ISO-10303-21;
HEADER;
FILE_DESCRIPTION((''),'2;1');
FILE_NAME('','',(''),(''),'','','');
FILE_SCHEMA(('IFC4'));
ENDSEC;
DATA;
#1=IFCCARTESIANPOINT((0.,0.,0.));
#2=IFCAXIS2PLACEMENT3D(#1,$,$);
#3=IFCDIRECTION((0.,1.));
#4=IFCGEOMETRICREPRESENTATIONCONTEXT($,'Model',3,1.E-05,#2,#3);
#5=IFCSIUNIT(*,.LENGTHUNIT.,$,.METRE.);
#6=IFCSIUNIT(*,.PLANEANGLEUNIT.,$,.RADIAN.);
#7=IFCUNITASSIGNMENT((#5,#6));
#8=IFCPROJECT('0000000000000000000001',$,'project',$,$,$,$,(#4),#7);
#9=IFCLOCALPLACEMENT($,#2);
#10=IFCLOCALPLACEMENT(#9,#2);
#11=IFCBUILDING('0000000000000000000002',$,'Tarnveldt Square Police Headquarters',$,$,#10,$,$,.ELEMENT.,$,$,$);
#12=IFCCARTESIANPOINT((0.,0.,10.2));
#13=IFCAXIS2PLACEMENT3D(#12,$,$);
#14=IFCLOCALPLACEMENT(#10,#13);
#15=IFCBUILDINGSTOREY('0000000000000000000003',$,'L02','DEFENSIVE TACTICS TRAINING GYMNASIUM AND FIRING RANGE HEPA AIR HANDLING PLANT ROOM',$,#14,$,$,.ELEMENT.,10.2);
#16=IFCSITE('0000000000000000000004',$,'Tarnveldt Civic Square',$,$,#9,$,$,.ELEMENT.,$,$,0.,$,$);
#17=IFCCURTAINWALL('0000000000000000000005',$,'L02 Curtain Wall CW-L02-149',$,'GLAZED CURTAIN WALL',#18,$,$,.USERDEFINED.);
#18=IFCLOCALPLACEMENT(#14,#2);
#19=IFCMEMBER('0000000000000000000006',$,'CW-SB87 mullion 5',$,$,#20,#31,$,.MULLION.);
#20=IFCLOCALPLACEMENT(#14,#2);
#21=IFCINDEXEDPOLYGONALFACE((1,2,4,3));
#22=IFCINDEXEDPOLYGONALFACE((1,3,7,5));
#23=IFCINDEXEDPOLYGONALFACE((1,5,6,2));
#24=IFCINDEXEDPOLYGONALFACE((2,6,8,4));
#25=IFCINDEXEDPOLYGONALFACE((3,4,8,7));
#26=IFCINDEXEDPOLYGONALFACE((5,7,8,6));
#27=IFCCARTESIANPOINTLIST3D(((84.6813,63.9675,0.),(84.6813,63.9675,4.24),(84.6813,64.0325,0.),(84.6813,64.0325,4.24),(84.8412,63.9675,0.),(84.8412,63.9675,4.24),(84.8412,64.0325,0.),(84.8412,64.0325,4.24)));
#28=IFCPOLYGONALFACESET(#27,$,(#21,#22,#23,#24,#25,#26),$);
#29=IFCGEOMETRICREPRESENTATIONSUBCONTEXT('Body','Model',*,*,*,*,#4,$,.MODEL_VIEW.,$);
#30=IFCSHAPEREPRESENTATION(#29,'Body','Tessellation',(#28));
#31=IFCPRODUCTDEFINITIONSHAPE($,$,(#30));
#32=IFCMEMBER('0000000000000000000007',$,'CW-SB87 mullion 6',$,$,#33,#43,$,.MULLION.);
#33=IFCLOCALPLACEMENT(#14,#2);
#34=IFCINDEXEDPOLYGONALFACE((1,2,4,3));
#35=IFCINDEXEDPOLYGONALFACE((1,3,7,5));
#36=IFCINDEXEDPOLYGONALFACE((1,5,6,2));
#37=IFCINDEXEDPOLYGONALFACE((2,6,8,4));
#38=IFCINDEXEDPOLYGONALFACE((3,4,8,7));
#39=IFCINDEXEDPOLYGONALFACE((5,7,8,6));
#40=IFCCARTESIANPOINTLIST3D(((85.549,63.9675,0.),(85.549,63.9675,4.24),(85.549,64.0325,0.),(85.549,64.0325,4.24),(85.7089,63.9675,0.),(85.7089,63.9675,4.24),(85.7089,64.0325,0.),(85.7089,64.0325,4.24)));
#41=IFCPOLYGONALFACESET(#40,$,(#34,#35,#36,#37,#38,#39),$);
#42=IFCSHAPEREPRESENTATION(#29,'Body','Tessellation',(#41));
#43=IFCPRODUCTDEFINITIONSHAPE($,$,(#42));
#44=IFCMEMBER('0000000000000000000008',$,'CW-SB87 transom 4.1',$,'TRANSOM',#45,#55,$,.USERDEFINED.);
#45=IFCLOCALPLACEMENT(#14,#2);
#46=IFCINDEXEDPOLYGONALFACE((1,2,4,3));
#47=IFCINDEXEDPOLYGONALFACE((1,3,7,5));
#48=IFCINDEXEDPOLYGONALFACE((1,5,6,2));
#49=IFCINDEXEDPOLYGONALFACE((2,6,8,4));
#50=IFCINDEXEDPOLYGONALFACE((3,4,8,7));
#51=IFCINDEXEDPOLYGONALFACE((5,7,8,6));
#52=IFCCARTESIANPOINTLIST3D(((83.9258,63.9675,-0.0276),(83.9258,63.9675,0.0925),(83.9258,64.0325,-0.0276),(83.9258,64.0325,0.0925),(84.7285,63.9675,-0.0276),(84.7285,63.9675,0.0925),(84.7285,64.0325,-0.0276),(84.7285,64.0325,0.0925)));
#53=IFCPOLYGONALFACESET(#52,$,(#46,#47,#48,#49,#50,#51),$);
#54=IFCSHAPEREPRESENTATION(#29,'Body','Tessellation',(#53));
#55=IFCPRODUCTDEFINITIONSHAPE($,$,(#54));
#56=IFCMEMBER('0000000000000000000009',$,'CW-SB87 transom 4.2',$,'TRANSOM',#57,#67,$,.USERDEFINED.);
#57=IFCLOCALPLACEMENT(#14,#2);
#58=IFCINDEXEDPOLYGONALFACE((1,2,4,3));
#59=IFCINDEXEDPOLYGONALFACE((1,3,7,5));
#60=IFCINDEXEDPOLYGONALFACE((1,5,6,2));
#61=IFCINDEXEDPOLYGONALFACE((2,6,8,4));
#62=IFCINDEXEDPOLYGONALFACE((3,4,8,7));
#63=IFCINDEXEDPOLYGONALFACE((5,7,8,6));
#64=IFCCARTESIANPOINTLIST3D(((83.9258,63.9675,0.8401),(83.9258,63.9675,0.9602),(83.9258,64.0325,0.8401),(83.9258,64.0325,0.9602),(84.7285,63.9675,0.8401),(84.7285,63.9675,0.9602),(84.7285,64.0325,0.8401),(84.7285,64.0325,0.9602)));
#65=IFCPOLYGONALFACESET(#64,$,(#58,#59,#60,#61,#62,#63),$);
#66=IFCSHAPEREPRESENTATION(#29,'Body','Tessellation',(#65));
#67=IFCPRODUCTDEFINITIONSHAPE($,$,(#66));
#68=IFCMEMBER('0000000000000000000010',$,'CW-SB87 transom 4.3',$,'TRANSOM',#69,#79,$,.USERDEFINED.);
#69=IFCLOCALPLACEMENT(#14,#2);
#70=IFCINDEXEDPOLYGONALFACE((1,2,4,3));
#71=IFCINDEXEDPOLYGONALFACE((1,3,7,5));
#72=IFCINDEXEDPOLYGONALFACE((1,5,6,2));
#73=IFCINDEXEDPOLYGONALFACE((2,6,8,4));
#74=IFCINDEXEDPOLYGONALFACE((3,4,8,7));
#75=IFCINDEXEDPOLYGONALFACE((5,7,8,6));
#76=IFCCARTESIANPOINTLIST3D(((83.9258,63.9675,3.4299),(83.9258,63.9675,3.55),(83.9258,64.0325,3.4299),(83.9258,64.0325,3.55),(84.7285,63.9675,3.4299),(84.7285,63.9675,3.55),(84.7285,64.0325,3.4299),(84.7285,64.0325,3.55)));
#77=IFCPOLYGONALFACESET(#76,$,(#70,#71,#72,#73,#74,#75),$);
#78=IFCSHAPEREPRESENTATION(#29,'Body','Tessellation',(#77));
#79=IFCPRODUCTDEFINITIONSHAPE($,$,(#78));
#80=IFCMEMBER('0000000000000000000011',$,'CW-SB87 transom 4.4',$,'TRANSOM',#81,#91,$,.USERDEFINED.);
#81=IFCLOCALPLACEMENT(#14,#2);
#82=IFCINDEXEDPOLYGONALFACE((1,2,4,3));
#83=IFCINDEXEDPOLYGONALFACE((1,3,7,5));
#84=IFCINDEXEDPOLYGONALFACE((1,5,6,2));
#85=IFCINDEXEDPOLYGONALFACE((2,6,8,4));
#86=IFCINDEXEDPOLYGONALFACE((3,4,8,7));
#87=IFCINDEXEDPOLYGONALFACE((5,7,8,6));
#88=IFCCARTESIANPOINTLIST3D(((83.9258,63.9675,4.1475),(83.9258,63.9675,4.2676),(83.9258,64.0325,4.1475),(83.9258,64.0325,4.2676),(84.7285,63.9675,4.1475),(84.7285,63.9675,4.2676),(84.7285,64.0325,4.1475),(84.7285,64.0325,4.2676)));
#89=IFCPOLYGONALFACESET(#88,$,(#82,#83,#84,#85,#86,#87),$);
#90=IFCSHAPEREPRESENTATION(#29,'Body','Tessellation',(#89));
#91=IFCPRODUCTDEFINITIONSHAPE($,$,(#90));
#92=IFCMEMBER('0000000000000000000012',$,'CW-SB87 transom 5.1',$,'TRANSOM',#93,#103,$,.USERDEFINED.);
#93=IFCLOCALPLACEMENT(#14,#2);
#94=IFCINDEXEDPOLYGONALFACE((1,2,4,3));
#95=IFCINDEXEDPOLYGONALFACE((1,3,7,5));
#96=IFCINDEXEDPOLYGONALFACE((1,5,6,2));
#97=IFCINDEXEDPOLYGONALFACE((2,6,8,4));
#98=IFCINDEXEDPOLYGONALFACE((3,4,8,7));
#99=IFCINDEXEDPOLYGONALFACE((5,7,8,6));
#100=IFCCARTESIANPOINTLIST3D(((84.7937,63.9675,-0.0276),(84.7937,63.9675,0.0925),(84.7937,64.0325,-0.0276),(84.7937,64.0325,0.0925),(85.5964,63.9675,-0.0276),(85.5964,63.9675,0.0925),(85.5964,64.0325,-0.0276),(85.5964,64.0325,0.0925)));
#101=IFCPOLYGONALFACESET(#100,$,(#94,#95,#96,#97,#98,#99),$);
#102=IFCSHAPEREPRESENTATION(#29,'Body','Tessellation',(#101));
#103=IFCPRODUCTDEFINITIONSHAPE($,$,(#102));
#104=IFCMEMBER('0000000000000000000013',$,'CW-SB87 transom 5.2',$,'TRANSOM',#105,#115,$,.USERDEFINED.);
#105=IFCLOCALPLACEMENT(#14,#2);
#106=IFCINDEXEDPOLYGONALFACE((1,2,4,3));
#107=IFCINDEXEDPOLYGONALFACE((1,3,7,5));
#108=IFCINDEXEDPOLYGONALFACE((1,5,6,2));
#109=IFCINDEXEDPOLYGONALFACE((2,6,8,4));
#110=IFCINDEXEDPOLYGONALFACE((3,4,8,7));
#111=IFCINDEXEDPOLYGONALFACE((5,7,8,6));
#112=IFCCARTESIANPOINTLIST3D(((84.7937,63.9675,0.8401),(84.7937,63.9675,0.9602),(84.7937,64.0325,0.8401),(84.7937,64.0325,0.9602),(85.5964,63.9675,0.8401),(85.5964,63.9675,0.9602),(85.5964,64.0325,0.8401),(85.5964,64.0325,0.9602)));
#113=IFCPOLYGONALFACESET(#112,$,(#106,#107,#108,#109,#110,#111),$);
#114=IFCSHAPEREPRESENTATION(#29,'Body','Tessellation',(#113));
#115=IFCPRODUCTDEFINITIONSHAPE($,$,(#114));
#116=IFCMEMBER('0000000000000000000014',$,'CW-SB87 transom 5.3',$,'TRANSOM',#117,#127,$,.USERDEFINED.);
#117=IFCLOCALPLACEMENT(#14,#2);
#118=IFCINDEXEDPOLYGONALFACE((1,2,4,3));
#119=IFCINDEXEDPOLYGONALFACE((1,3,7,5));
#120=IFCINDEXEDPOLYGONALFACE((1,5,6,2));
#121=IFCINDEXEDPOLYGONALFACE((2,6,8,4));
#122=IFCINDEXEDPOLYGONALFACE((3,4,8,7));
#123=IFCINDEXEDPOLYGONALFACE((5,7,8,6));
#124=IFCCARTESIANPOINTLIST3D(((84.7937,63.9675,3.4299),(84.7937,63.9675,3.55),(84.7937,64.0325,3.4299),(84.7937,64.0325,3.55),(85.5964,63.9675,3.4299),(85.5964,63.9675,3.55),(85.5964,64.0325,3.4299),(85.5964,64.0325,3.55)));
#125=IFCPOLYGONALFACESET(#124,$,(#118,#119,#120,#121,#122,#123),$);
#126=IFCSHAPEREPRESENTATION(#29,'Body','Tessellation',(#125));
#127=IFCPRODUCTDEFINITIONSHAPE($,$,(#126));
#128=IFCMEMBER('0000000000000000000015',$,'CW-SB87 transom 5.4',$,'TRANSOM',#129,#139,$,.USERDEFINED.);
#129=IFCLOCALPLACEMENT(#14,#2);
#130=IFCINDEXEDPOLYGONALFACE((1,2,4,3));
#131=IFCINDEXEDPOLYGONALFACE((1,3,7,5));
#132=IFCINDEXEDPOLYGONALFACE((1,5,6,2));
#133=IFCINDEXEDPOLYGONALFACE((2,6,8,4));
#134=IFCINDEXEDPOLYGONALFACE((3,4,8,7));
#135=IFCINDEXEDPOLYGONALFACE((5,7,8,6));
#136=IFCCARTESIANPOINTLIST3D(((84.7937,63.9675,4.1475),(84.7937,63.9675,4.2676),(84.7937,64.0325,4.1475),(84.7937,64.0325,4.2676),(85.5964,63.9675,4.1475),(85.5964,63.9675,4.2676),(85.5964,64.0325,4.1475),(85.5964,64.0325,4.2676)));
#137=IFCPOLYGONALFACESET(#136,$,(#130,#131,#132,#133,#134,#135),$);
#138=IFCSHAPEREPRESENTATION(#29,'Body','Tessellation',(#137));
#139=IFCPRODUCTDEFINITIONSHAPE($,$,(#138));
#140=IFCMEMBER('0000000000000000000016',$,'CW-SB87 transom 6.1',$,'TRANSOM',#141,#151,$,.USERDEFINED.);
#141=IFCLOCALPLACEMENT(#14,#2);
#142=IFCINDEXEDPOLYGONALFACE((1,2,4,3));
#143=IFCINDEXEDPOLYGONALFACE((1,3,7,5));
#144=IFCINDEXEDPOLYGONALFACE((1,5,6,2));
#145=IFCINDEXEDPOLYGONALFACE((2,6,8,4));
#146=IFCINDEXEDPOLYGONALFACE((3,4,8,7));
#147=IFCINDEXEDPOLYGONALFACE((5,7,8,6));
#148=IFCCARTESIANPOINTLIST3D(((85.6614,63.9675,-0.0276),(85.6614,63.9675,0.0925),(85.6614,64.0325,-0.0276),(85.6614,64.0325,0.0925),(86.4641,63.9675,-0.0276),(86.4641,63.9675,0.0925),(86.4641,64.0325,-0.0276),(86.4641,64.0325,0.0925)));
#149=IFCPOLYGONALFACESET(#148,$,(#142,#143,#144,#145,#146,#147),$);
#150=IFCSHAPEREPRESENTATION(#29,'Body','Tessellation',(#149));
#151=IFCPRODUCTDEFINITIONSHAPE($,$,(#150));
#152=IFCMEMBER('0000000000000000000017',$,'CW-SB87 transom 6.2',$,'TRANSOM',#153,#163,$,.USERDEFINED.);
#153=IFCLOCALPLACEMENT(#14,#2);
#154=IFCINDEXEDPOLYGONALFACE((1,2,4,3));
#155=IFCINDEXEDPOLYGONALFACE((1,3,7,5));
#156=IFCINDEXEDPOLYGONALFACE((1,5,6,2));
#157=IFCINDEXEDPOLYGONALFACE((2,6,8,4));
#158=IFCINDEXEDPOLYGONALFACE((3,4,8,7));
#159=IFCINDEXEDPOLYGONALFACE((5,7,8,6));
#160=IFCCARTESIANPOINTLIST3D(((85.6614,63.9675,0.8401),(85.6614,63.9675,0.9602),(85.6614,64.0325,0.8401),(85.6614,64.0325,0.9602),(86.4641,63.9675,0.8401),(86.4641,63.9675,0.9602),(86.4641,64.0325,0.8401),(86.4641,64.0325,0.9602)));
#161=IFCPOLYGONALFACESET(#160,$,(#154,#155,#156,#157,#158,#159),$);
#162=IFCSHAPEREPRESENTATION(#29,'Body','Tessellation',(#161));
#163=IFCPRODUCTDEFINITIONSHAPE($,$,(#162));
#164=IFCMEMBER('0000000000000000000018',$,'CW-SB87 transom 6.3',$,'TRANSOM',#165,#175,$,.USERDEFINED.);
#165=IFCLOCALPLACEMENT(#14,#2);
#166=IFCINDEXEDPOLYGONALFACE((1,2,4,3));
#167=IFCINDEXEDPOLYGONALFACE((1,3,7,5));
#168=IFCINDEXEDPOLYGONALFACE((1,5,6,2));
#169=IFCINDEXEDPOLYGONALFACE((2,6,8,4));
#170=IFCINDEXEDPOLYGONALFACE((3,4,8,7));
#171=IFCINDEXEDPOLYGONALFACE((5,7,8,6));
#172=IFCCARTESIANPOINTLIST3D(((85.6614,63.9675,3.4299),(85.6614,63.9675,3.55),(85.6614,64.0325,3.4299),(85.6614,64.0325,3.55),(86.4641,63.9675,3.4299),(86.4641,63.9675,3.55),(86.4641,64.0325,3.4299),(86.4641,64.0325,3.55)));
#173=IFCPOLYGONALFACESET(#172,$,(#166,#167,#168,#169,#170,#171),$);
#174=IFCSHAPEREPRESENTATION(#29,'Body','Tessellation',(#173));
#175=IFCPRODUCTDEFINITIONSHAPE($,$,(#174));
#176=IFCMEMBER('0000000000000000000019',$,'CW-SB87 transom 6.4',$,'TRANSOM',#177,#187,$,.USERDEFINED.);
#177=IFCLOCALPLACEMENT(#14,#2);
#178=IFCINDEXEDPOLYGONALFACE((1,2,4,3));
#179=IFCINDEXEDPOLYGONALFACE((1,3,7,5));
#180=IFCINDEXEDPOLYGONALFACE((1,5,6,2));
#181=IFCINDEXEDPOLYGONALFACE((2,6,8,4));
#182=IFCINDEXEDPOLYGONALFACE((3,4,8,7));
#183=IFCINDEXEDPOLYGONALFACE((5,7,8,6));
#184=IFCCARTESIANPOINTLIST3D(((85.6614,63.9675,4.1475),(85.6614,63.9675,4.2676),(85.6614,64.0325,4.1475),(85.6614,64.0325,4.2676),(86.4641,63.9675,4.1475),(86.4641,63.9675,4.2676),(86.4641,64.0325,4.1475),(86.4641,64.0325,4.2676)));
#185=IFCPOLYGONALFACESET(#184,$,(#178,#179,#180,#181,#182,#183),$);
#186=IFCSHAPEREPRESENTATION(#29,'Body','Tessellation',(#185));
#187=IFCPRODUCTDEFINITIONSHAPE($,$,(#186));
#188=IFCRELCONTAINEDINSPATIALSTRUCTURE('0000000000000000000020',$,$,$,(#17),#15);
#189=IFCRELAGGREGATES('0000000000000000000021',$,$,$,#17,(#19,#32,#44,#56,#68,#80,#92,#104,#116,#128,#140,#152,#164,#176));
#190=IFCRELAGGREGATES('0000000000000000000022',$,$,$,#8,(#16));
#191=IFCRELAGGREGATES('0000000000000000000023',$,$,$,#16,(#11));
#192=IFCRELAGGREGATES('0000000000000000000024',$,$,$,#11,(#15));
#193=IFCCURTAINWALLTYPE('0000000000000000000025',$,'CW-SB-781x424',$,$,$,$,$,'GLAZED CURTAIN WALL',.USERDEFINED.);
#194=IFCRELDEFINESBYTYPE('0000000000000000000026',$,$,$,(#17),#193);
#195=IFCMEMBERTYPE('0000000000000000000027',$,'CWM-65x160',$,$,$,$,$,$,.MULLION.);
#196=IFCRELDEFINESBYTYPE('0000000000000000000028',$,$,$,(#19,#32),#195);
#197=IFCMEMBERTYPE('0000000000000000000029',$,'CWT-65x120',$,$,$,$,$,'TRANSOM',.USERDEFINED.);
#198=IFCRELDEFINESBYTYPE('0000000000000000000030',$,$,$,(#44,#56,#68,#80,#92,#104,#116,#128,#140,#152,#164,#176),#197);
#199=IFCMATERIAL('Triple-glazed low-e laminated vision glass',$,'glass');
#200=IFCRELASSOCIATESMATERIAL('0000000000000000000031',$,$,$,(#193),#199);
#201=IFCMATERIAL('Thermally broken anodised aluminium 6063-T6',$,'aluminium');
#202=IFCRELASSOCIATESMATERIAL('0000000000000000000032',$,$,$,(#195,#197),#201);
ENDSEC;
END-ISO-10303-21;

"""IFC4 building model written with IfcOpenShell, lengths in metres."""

from ifc_helpers import new_model, si_unit, direction, frame, origin, origin_2d, place, context, subcontext, project, spatial, rectangle, extrude, material, material_profile, profile_set, type_object, element, aggregate, save


model = new_model("IFC4")

# Units and contexts
model_context = context("Model", 3, precision=1e-05, world=origin(), true_north=direction((0.0, 1.0)))
body_context = subcontext(model_context, "Body", "Model", "MODEL_VIEW")
ifc_project = project(units=[si_unit("LENGTHUNIT", "METRE"), si_unit("PLANEANGLEUNIT", "RADIAN")], contexts=[model_context])

# Site, building, storey
site_placement = place(None, origin())
site = spatial("IfcSite", under=ifc_project, at=site_placement, Name="Tarnveldt Civic Square", CompositionType="ELEMENT", RefElevation=0.0)
building_placement = place(site_placement, origin())
building = spatial("IfcBuilding", under=site, at=building_placement, Name="Tarnveldt Square Police Headquarters", CompositionType="ELEMENT")
storey_placement = place(building_placement, frame((0.0, 0.0, 10.2)))
storey = spatial("IfcBuildingStorey", under=building, at=storey_placement, Name="L02", Description="DEFENSIVE TACTICS TRAINING GYMNASIUM AND FIRING RANGE HEPA AIR HANDLING PLANT ROOM", CompositionType="ELEMENT", Elevation=10.2)

# Curtain wall, members
ifc_material_1 = material(Name="Triple-glazed low-e laminated vision glass", Category="glass")
curtain_wall_type = type_object("IfcCurtainWallType", Name="CW-SB-781x424", ElementType="GLAZED CURTAIN WALL", PredefinedType="USERDEFINED", material=ifc_material_1)
curtain_wall_placement = place(storey_placement, origin())
curtain_wall = element("IfcCurtainWall", 1, at=curtain_wall_placement, inside=storey, type_object=curtain_wall_type, Name="L02 Curtain Wall CW-L02-149", ObjectType="GLAZED CURTAIN WALL", PredefinedType="USERDEFINED")
ifc_material_2 = material(Name="Thermally broken anodised aluminium 6063-T6", Category="aluminium")
ifc_material_profile_1 = material_profile(ifc_material_2, rectangle(XDim=0.0649, YDim=0.1599, at=origin_2d()), Name="CW-M65x160")
ifc_profile_set_1 = profile_set([ifc_material_profile_1], Name="Thermally broken anodised aluminium 6063-T6")
member_type_1 = type_object("IfcMemberType", Name="CWM-65x160", PredefinedType="MULLION", material=ifc_profile_set_1)
member_1_placement = place(storey_placement, frame((84.7612, 64.0, 0.0), z_axis=(0.0, 0.0, 1.0), x_axis=(0.0, 1.0, 0.0)))
member_1 = element("IfcMember", 2, at=member_1_placement, type_object=member_type_1, Name="CW-SB87 mullion 5", PredefinedType="MULLION", context=body_context, shape_type="SweptSolid", body=[
    extrude(rectangle(XDim=0.0649, YDim=0.1599, at=origin_2d()), origin(), (0.0, 0.0, 1.0), 4.24),
])
member_2_placement = place(storey_placement, frame((85.6289, 64.0, 0.0), z_axis=(0.0, 0.0, 1.0), x_axis=(0.0, 1.0, 0.0)))
member_2 = element("IfcMember", 3, at=member_2_placement, type_object=member_type_1, Name="CW-SB87 mullion 6", PredefinedType="MULLION", context=body_context, shape_type="SweptSolid", body=[
    extrude(rectangle(XDim=0.0649, YDim=0.1599, at=origin_2d()), origin(), (0.0, 0.0, 1.0), 4.24),
])
ifc_material_profile_2 = material_profile(ifc_material_2, rectangle(XDim=0.0649, YDim=0.1201, at=origin_2d()), Name="CW-T65x120")
ifc_profile_set_2 = profile_set([ifc_material_profile_2], Name="Thermally broken anodised aluminium 6063-T6")
member_type_2 = type_object("IfcMemberType", Name="CWT-65x120", ElementType="TRANSOM", PredefinedType="USERDEFINED", material=ifc_profile_set_2)
member_3_placement = place(storey_placement, frame((83.9258, 64.0, 0.0325), z_axis=(1.0, 0.0, 0.0), x_axis=(0.0, 1.0, 0.0)))
member_3 = element("IfcMember", 4, at=member_3_placement, type_object=member_type_2, Name="CW-SB87 transom 4.1", ObjectType="TRANSOM", PredefinedType="USERDEFINED", context=body_context, shape_type="SweptSolid", body=[
    extrude(rectangle(XDim=0.0649, YDim=0.1201, at=origin_2d()), origin(), (0.0, 0.0, 1.0), 0.8027),
])
member_4_placement = place(storey_placement, frame((83.9258, 64.0, 0.9001), z_axis=(1.0, 0.0, 0.0), x_axis=(0.0, 1.0, 0.0)))
member_4 = element("IfcMember", 5, at=member_4_placement, type_object=member_type_2, Name="CW-SB87 transom 4.2", ObjectType="TRANSOM", PredefinedType="USERDEFINED", context=body_context, shape_type="SweptSolid", body=[
    extrude(rectangle(XDim=0.0649, YDim=0.1201, at=origin_2d()), origin(), (0.0, 0.0, 1.0), 0.8027),
])
member_5_placement = place(storey_placement, frame((83.9258, 64.0, 3.49), z_axis=(1.0, 0.0, 0.0), x_axis=(0.0, 1.0, 0.0)))
member_5 = element("IfcMember", 6, at=member_5_placement, type_object=member_type_2, Name="CW-SB87 transom 4.3", ObjectType="TRANSOM", PredefinedType="USERDEFINED", context=body_context, shape_type="SweptSolid", body=[
    extrude(rectangle(XDim=0.0649, YDim=0.1201, at=origin_2d()), origin(), (0.0, 0.0, 1.0), 0.8027),
])
member_6_placement = place(storey_placement, frame((83.9258, 64.0, 4.2075), z_axis=(1.0, 0.0, 0.0), x_axis=(0.0, 1.0, 0.0)))
member_6 = element("IfcMember", 7, at=member_6_placement, type_object=member_type_2, Name="CW-SB87 transom 4.4", ObjectType="TRANSOM", PredefinedType="USERDEFINED", context=body_context, shape_type="SweptSolid", body=[
    extrude(rectangle(XDim=0.0649, YDim=0.1201, at=origin_2d()), origin(), (0.0, 0.0, 1.0), 0.8027),
])
member_7_placement = place(storey_placement, frame((84.7937, 64.0, 0.0325), z_axis=(1.0, 0.0, 0.0), x_axis=(0.0, 1.0, 0.0)))
member_7 = element("IfcMember", 8, at=member_7_placement, type_object=member_type_2, Name="CW-SB87 transom 5.1", ObjectType="TRANSOM", PredefinedType="USERDEFINED", context=body_context, shape_type="SweptSolid", body=[
    extrude(rectangle(XDim=0.0649, YDim=0.1201, at=origin_2d()), origin(), (0.0, 0.0, 1.0), 0.8027),
])
member_8_placement = place(storey_placement, frame((84.7937, 64.0, 0.9001), z_axis=(1.0, 0.0, 0.0), x_axis=(0.0, 1.0, 0.0)))
member_8 = element("IfcMember", 9, at=member_8_placement, type_object=member_type_2, Name="CW-SB87 transom 5.2", ObjectType="TRANSOM", PredefinedType="USERDEFINED", context=body_context, shape_type="SweptSolid", body=[
    extrude(rectangle(XDim=0.0649, YDim=0.1201, at=origin_2d()), origin(), (0.0, 0.0, 1.0), 0.8027),
])
member_9_placement = place(storey_placement, frame((84.7937, 64.0, 3.49), z_axis=(1.0, 0.0, 0.0), x_axis=(0.0, 1.0, 0.0)))
member_9 = element("IfcMember", 10, at=member_9_placement, type_object=member_type_2, Name="CW-SB87 transom 5.3", ObjectType="TRANSOM", PredefinedType="USERDEFINED", context=body_context, shape_type="SweptSolid", body=[
    extrude(rectangle(XDim=0.0649, YDim=0.1201, at=origin_2d()), origin(), (0.0, 0.0, 1.0), 0.8027),
])
member_10_placement = place(storey_placement, frame((84.7937, 64.0, 4.2075), z_axis=(1.0, 0.0, 0.0), x_axis=(0.0, 1.0, 0.0)))
member_10 = element("IfcMember", 11, at=member_10_placement, type_object=member_type_2, Name="CW-SB87 transom 5.4", ObjectType="TRANSOM", PredefinedType="USERDEFINED", context=body_context, shape_type="SweptSolid", body=[
    extrude(rectangle(XDim=0.0649, YDim=0.1201, at=origin_2d()), origin(), (0.0, 0.0, 1.0), 0.8027),
])
member_11_placement = place(storey_placement, frame((85.6614, 64.0, 0.0325), z_axis=(1.0, 0.0, 0.0), x_axis=(0.0, 1.0, 0.0)))
member_11 = element("IfcMember", 12, at=member_11_placement, type_object=member_type_2, Name="CW-SB87 transom 6.1", ObjectType="TRANSOM", PredefinedType="USERDEFINED", context=body_context, shape_type="SweptSolid", body=[
    extrude(rectangle(XDim=0.0649, YDim=0.1201, at=origin_2d()), origin(), (0.0, 0.0, 1.0), 0.8027),
])
member_12_placement = place(storey_placement, frame((85.6614, 64.0, 0.9001), z_axis=(1.0, 0.0, 0.0), x_axis=(0.0, 1.0, 0.0)))
member_12 = element("IfcMember", 13, at=member_12_placement, type_object=member_type_2, Name="CW-SB87 transom 6.2", ObjectType="TRANSOM", PredefinedType="USERDEFINED", context=body_context, shape_type="SweptSolid", body=[
    extrude(rectangle(XDim=0.0649, YDim=0.1201, at=origin_2d()), origin(), (0.0, 0.0, 1.0), 0.8027),
])
member_13_placement = place(storey_placement, frame((85.6614, 64.0, 3.49), z_axis=(1.0, 0.0, 0.0), x_axis=(0.0, 1.0, 0.0)))
member_13 = element("IfcMember", 14, at=member_13_placement, type_object=member_type_2, Name="CW-SB87 transom 6.3", ObjectType="TRANSOM", PredefinedType="USERDEFINED", context=body_context, shape_type="SweptSolid", body=[
    extrude(rectangle(XDim=0.0649, YDim=0.1201, at=origin_2d()), origin(), (0.0, 0.0, 1.0), 0.8027),
])
member_14_placement = place(storey_placement, frame((85.6614, 64.0, 4.2075), z_axis=(1.0, 0.0, 0.0), x_axis=(0.0, 1.0, 0.0)))
member_14 = element("IfcMember", 15, at=member_14_placement, type_object=member_type_2, Name="CW-SB87 transom 6.4", ObjectType="TRANSOM", PredefinedType="USERDEFINED", context=body_context, shape_type="SweptSolid", body=[
    extrude(rectangle(XDim=0.0649, YDim=0.1201, at=origin_2d()), origin(), (0.0, 0.0, 1.0), 0.8027),
])
aggregate(curtain_wall, [member_1, member_2, member_3, member_4, member_5, member_6, member_7, member_8, member_9, member_10, member_11, member_12, member_13, member_14])

save(model, "model.ifc")
